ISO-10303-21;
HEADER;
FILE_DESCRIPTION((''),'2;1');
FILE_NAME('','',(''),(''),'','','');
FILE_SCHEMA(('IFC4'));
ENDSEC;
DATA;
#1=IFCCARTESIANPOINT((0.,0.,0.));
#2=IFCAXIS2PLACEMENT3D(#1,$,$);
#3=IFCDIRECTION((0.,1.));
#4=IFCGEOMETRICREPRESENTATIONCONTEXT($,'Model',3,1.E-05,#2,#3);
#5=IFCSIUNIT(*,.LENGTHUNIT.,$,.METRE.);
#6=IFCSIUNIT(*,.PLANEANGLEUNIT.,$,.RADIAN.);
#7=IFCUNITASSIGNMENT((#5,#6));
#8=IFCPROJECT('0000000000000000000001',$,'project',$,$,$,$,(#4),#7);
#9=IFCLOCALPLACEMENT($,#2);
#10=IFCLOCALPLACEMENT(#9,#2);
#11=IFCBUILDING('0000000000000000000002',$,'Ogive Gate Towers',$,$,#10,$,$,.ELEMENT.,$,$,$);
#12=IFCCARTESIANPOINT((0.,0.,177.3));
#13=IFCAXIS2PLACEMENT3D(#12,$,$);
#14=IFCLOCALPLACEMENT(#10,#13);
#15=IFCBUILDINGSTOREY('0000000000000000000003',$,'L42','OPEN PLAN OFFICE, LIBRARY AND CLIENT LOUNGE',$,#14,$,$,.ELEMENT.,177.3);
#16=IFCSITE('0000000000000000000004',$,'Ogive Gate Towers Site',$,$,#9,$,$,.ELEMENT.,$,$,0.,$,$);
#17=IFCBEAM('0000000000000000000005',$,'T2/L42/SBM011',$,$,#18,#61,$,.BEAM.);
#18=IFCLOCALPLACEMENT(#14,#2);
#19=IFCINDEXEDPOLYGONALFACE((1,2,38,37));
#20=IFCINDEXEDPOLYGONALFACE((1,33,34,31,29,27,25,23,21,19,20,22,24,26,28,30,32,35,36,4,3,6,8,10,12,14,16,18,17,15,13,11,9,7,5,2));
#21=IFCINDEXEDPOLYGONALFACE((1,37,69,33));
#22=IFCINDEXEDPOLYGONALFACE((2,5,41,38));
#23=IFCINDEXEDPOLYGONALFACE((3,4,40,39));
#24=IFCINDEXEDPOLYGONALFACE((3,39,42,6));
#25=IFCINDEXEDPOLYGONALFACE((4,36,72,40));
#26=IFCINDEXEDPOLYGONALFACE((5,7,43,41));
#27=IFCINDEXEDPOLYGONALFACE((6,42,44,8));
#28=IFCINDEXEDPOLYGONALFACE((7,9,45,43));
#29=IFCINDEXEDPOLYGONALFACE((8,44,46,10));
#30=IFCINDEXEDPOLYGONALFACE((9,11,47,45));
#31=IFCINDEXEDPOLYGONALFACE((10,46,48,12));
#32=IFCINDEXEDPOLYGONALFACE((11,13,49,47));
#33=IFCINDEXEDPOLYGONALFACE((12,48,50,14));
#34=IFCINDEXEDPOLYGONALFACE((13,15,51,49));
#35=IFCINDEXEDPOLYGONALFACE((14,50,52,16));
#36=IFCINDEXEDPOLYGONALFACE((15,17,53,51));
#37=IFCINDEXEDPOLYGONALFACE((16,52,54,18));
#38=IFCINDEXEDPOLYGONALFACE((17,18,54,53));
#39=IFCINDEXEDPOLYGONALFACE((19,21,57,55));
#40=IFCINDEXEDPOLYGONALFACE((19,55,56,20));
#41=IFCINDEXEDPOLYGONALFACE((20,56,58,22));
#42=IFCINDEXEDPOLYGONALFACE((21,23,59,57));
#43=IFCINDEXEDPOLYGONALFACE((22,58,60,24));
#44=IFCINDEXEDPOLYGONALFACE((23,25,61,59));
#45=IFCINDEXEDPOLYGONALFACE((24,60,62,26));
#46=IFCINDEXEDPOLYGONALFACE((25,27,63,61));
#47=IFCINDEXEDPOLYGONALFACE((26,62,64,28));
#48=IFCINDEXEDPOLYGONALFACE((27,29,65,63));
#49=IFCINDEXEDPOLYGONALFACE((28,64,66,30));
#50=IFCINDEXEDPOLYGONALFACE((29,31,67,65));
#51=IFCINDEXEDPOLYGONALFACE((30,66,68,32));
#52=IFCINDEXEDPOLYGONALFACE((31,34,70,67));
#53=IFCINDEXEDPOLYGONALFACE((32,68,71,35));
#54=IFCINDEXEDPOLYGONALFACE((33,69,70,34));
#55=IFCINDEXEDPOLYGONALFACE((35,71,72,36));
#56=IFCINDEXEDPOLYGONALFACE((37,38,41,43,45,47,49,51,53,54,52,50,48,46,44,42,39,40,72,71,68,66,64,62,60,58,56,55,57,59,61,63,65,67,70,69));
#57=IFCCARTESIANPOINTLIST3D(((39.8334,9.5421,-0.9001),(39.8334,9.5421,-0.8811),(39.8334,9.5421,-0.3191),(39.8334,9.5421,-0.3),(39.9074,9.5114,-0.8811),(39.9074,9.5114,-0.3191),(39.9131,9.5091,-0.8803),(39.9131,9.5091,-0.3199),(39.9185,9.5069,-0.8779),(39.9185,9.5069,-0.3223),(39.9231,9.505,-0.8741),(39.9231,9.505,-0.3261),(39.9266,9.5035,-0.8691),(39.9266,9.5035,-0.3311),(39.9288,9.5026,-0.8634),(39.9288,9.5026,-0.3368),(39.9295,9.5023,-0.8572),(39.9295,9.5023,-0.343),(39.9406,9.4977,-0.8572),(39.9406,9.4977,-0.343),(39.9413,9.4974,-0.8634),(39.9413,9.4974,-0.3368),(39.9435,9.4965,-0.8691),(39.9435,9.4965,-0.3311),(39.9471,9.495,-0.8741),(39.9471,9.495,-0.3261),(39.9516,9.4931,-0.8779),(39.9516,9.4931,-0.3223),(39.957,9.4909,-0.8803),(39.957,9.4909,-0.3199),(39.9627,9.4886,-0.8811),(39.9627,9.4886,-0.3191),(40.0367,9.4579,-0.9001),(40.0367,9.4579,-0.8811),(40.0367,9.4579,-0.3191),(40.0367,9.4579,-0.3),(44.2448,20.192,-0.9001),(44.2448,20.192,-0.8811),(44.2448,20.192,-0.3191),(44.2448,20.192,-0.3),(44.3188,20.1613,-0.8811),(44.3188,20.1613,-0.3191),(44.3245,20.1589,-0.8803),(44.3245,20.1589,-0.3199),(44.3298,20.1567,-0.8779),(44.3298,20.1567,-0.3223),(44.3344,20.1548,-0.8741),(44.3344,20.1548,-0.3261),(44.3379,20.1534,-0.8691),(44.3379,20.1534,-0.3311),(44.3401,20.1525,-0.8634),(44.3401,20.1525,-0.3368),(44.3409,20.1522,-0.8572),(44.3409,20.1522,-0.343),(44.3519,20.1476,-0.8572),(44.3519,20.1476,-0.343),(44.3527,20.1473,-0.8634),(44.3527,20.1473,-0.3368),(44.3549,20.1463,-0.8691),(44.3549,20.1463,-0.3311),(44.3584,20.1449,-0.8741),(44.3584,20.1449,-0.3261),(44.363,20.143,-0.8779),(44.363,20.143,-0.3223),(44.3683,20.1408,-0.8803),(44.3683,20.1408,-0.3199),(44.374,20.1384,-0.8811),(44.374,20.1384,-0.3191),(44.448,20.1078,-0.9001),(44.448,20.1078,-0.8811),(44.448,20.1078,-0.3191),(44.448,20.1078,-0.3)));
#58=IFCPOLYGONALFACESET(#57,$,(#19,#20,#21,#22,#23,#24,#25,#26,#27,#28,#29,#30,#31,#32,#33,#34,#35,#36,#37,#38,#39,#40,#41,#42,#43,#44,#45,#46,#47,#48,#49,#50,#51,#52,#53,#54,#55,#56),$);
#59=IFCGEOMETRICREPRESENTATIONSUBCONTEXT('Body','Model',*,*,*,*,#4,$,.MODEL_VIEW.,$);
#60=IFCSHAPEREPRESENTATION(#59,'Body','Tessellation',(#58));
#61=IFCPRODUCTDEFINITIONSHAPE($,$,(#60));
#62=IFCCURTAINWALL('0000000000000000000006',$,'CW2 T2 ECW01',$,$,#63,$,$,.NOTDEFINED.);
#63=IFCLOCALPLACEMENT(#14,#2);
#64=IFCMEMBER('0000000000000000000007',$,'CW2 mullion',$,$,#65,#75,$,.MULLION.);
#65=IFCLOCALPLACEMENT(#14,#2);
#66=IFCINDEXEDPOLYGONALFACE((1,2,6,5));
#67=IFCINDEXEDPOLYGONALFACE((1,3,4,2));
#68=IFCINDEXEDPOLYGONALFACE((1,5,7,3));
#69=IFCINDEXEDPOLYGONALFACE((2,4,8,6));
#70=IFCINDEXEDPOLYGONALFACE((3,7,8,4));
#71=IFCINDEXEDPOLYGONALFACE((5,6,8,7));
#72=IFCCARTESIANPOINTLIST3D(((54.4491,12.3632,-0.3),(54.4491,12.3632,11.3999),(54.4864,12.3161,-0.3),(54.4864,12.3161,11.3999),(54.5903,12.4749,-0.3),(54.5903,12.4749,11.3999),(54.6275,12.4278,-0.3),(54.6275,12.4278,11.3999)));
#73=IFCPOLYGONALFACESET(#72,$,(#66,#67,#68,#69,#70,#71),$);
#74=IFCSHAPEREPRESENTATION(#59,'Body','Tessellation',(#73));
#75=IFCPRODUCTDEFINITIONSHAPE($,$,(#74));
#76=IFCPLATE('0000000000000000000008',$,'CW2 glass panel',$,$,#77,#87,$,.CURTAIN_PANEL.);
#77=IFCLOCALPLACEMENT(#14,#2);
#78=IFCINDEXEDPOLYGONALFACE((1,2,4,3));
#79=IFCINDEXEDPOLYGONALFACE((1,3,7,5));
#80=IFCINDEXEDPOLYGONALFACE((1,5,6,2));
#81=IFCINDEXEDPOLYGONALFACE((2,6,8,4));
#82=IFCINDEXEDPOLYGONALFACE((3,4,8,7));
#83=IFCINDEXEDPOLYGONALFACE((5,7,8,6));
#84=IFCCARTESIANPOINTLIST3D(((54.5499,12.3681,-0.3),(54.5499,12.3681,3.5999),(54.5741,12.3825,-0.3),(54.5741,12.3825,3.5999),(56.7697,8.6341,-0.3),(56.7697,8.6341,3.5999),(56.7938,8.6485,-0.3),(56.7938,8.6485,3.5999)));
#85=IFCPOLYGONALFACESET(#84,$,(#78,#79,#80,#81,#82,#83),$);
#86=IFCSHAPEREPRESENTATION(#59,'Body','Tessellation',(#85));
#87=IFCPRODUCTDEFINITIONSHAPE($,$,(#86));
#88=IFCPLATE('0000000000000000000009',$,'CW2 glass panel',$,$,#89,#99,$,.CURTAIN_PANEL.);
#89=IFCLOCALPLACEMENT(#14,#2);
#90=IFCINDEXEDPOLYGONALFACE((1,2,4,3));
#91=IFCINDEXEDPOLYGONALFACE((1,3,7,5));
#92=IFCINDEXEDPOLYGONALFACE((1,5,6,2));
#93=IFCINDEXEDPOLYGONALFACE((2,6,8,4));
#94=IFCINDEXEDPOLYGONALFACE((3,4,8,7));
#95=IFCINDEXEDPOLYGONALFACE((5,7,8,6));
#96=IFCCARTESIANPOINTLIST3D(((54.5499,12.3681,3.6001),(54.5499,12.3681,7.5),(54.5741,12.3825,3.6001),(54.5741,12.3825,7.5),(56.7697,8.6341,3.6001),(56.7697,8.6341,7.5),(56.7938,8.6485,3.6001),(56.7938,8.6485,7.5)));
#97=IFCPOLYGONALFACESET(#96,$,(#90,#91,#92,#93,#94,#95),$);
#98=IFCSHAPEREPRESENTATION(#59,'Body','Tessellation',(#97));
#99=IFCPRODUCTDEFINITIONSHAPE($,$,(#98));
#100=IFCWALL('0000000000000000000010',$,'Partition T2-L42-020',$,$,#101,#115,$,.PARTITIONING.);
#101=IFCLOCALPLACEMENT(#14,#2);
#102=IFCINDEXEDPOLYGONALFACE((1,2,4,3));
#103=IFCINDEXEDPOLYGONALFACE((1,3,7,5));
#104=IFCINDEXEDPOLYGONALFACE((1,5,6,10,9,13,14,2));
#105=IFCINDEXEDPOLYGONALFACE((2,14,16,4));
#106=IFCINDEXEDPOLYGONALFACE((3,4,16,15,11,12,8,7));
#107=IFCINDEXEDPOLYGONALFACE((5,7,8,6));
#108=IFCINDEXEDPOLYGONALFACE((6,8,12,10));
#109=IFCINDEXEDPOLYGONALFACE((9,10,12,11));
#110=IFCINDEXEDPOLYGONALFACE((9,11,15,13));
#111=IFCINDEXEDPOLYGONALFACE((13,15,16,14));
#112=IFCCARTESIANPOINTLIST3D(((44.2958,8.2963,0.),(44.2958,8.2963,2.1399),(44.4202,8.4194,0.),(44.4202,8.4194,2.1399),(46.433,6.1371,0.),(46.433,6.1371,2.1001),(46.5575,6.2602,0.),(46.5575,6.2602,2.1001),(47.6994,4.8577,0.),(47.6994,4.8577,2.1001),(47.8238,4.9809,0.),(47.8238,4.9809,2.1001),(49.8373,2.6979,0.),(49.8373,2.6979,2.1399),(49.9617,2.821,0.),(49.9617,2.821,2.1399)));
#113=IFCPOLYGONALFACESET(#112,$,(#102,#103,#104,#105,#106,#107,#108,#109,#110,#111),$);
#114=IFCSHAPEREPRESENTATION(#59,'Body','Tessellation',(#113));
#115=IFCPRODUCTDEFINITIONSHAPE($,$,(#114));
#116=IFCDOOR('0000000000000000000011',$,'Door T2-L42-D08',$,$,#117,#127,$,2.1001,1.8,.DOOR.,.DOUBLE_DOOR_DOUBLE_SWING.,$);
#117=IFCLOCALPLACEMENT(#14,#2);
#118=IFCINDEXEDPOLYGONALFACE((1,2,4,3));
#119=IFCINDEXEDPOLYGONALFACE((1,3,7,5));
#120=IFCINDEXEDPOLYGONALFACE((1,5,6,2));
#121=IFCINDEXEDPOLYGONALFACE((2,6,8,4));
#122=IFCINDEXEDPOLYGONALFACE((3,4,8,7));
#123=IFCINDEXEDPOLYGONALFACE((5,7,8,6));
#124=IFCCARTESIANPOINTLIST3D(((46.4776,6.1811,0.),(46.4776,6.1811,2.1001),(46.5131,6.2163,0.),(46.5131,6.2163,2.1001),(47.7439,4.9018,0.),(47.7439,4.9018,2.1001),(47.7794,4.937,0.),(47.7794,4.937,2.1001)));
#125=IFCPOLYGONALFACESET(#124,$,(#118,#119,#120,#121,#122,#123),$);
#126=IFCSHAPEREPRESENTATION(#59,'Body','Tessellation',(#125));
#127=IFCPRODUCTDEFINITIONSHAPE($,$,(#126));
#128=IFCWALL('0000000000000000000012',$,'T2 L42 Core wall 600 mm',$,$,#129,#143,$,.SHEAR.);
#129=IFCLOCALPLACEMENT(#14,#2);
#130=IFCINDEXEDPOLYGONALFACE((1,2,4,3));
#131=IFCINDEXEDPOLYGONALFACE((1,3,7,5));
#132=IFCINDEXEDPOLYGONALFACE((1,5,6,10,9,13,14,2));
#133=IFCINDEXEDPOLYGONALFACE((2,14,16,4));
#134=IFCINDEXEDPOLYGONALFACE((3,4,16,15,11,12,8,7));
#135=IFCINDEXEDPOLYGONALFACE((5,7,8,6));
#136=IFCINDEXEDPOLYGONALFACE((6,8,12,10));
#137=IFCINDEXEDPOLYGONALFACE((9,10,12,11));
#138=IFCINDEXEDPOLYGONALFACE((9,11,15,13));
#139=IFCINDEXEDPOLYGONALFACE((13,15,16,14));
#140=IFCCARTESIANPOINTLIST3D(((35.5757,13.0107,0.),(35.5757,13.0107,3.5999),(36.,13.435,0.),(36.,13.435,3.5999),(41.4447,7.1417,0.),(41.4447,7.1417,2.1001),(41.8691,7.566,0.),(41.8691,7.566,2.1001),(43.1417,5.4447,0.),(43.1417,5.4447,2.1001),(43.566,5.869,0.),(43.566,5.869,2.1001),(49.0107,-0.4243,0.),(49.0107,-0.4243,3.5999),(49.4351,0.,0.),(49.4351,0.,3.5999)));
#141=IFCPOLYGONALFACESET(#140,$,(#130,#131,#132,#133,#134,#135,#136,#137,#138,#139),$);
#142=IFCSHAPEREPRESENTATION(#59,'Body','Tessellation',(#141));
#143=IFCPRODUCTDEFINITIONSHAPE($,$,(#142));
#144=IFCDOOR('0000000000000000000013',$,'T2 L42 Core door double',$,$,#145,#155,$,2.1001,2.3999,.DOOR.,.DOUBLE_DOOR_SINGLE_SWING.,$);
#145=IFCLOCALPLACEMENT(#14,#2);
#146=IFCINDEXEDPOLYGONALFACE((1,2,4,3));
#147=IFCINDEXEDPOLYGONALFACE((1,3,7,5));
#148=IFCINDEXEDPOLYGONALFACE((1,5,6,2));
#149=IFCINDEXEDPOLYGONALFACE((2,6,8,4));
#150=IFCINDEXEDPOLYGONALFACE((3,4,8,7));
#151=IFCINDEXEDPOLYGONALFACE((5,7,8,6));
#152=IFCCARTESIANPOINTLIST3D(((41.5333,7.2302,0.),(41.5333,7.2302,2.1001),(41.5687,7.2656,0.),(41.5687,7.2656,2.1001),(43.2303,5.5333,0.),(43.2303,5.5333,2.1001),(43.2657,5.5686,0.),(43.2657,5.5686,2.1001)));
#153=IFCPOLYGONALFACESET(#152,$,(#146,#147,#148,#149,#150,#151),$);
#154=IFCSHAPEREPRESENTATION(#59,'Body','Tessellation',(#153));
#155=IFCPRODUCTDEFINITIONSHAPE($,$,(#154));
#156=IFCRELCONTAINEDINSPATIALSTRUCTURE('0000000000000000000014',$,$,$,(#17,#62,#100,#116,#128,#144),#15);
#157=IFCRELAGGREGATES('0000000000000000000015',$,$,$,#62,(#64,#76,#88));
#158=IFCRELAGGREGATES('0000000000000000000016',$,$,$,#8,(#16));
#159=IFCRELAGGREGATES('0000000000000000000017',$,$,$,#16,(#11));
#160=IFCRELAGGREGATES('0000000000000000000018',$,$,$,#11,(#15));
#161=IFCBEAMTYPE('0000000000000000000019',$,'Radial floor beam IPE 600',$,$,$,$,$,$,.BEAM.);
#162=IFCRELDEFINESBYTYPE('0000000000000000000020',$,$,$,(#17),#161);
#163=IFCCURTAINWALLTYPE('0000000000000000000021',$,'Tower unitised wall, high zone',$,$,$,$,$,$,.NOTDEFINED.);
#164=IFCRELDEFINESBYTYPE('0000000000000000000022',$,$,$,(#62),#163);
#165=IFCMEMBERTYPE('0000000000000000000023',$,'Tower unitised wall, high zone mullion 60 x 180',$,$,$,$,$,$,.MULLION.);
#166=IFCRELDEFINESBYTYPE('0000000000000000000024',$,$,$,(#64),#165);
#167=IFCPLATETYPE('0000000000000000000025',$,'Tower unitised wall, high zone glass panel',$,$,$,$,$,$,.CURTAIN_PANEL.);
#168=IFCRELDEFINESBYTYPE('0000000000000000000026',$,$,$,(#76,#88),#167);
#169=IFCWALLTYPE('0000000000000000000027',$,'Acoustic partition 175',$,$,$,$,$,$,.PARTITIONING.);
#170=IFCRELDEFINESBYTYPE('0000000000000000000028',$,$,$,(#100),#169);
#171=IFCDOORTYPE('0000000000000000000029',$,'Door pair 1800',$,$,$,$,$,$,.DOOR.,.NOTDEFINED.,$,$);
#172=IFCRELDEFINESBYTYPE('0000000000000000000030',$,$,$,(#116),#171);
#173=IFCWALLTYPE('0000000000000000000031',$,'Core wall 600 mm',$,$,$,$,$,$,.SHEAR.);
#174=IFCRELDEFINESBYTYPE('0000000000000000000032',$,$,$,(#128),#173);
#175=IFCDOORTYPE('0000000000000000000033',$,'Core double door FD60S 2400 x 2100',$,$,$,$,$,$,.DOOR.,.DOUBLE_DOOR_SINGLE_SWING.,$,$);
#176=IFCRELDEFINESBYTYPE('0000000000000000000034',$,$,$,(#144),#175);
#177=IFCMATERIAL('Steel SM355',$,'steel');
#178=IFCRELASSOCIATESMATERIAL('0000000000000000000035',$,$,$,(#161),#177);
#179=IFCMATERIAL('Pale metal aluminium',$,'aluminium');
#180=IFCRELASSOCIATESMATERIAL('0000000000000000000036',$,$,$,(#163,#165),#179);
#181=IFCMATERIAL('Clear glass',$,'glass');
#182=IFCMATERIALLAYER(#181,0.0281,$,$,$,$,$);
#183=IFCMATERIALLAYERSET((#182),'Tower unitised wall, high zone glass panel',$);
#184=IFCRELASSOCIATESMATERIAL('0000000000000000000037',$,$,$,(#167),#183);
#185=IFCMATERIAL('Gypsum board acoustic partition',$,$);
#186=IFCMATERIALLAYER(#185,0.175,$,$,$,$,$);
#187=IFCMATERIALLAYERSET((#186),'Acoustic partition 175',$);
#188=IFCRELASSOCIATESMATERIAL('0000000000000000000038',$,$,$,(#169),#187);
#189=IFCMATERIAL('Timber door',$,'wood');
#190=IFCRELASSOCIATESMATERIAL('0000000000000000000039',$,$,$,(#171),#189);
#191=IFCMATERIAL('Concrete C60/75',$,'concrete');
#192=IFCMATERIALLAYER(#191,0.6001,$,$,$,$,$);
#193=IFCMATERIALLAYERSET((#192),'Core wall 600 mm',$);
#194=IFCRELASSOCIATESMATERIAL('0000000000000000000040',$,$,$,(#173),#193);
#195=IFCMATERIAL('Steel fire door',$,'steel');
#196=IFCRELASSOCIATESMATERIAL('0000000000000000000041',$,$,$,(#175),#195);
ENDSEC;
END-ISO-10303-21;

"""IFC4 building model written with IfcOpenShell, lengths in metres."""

from ifc_helpers import new_model, si_unit, direction, frame, frame_2d, origin, origin_2d, place, context, subcontext, project, spatial, rectangle, i_section, extrude, material, layer, layer_set, material_profile, profile_set, type_object, element, fill, aggregate, save


model = new_model("IFC4")

# Units and contexts
model_context = context("Model", 3, precision=1e-05, world=origin(), true_north=direction((0.0, 1.0)))
body_context = subcontext(model_context, "Body", "Model", "MODEL_VIEW")
ifc_project = project(units=[si_unit("LENGTHUNIT", "METRE"), si_unit("PLANEANGLEUNIT", "RADIAN")], contexts=[model_context])

# Site, building, storey
site_placement = place(None, origin())
site = spatial("IfcSite", under=ifc_project, at=site_placement, Name="Ogive Gate Towers Site", CompositionType="ELEMENT", RefElevation=0.0)
building_placement = place(site_placement, origin())
building = spatial("IfcBuilding", under=site, at=building_placement, Name="Ogive Gate Towers", CompositionType="ELEMENT")
storey_placement = place(building_placement, frame((0.0, 0.0, 177.3)))
storey = spatial("IfcBuildingStorey", under=building, at=storey_placement, Name="L42", Description="OPEN PLAN OFFICE, LIBRARY AND CLIENT LOUNGE", CompositionType="ELEMENT", Elevation=177.3)

# Beam
ifc_material_1 = material(Name="Steel SM355", Category="steel")
ifc_material_profile_1 = material_profile(ifc_material_1, i_section(OverallWidth=0.22, OverallDepth=0.6001, WebThickness=0.012, FlangeThickness=0.019, FilletRadius=0.0239, at=origin_2d()), Name="IPE 600")
ifc_profile_set_1 = profile_set([ifc_material_profile_1], Name="Steel SM355")
beam_type_1 = type_object("IfcBeamType", Name="Radial floor beam IPE 600", PredefinedType="BEAM", material=ifc_profile_set_1)
beam_1_placement = place(storey_placement, frame((39.9351, 9.5, -0.6001), z_axis=(0.382687, 0.923878, 0.0), x_axis=(-0.923878, 0.382687, 0.0)))
element("IfcBeam", 1, at=beam_1_placement, inside=storey, type_object=beam_type_1, Name="T2/L42/SBM011", PredefinedType="BEAM", context=body_context, shape_type="SweptSolid", body=[
    extrude(i_section(OverallWidth=0.22, OverallDepth=0.6001, WebThickness=0.012, FlangeThickness=0.019, FilletRadius=0.0239, at=origin_2d()), origin(), (0.0, 0.0, 1.0), 11.5273),
])

# Curtain wall, member, plates
ifc_material_2 = material(Name="Pale metal aluminium", Category="aluminium")
curtain_wall_type = type_object("IfcCurtainWallType", Name="Tower unitised wall, high zone", PredefinedType="NOTDEFINED", material=ifc_material_2)
curtain_wall_placement = place(storey_placement, origin())
curtain_wall = element("IfcCurtainWall", 2, at=curtain_wall_placement, inside=storey, type_object=curtain_wall_type, Name="CW2 T2 ECW01", PredefinedType="NOTDEFINED")
ifc_material_profile_2 = material_profile(ifc_material_2, rectangle(XDim=0.1799, YDim=0.0601, at=origin_2d()), Name="60 x 180 aluminium box")
ifc_profile_set_2 = profile_set([ifc_material_profile_2], Name="Pale metal aluminium")
member_type = type_object("IfcMemberType", Name="Tower unitised wall, high zone mullion 60 x 180", PredefinedType="MULLION", material=ifc_profile_set_2)
member_placement = place(storey_placement, frame((54.5383, 12.3955, -0.3), z_axis=(0.0, 0.0, 1.0), x_axis=(0.784235, 0.620464, 0.0)))
member = element("IfcMember", 3, at=member_placement, type_object=member_type, Name="CW2 mullion", PredefinedType="MULLION", context=body_context, shape_type="SweptSolid", body=[
    extrude(rectangle(XDim=0.1799, YDim=0.0601, at=origin_2d()), origin(), (0.0, 0.0, 1.0), 11.7),
])
ifc_material_3 = material(Name="Clear glass", Category="glass")
ifc_layer_1 = layer(ifc_material_3, 0.0281)
ifc_layer_set_1 = layer_set([ifc_layer_1], Name="Tower unitised wall, high zone glass panel")
plate_type = type_object("IfcPlateType", Name="Tower unitised wall, high zone glass panel", PredefinedType="CURTAIN_PANEL", material=ifc_layer_set_1)
plate_1_placement = place(storey_placement, frame((55.6719, 10.5083, -0.3), z_axis=(0.0, 0.0, 1.0), x_axis=(-0.510993, 0.859585, 0.0)))
plate_1 = element("IfcPlate", 4, at=plate_1_placement, type_object=plate_type, Name="CW2 glass panel", PredefinedType="CURTAIN_PANEL", context=body_context, shape_type="SweptSolid", body=[
    extrude(rectangle(XDim=4.344, YDim=0.0281, at=origin_2d()), origin(), (0.0, 0.0, 1.0), 3.8999),
])
plate_2_placement = place(storey_placement, frame((55.6719, 10.5083, 3.6001), z_axis=(0.0, 0.0, 1.0), x_axis=(-0.510993, 0.859585, 0.0)))
plate_2 = element("IfcPlate", 5, at=plate_2_placement, type_object=plate_type, Name="CW2 glass panel", PredefinedType="CURTAIN_PANEL", context=body_context, shape_type="SweptSolid", body=[
    extrude(rectangle(XDim=4.344, YDim=0.0281, at=origin_2d()), origin(), (0.0, 0.0, 1.0), 3.8999),
])
aggregate(curtain_wall, [member, plate_1, plate_2])

# Walls, openings, doors
ifc_material_4 = material(Name="Gypsum board acoustic partition")
ifc_layer_2 = layer(ifc_material_4, 0.175)
ifc_layer_set_2 = layer_set([ifc_layer_2], Name="Acoustic partition 175")
wall_type_1 = type_object("IfcWallType", Name="Acoustic partition 175", PredefinedType="PARTITIONING", material=ifc_layer_set_2)
wall_1_placement = place(storey_placement, frame((49.8994, 2.7595, 0.0), z_axis=(0.0, 0.0, 1.0), x_axis=(-0.703487, 0.710708, 0.0)))
wall_1 = element("IfcWall", 6, at=wall_1_placement, inside=storey, type_object=wall_type_1, Name="Partition T2-L42-020", PredefinedType="PARTITIONING", context=body_context, shape_type="SweptSolid", body=[
    extrude(rectangle(XDim=7.8772, YDim=0.175, at=frame_2d((3.9385, 0.0))), origin(), (0.0, 0.0, 1.0), 2.1399),
])
opening_1_placement = place(wall_1_placement, frame((3.0391, 0.0, 0.0)))
opening_1 = element("IfcOpeningElement", 7, at=opening_1_placement, cuts=wall_1, PredefinedType="OPENING", context=body_context, shape_type="SweptSolid", body=[
    extrude(rectangle(XDim=1.8, YDim=2.1001, at=frame_2d((0.8999, 1.05))), frame((0.0, 0.0977, 0.0), z_axis=(0.0, -1.0, 0.0), x_axis=(1.0, 0.0, 0.0)), (0.0, 0.0, 1.0), 0.1951),
])
ifc_material_5 = material(Name="Timber door", Category="wood")
door_type_1 = type_object("IfcDoorType", Name="Door pair 1800", OperationType="NOTDEFINED", PredefinedType="DOOR", material=ifc_material_5)
door_1_placement = place(opening_1_placement, origin())
door_1 = element("IfcDoor", 8, at=door_1_placement, inside=storey, type_object=door_type_1, Name="Door T2-L42-D08", OperationType="DOUBLE_DOOR_DOUBLE_SWING", OverallHeight=2.1001, OverallWidth=1.8, PredefinedType="DOOR", context=body_context, shape_type="SweptSolid", body=[
    extrude(rectangle(XDim=1.8, YDim=2.1001, at=frame_2d((0.8999, 1.05))), frame((0.0, 0.0249, 0.0), z_axis=(0.0, -1.0, 0.0), x_axis=(1.0, 0.0, 0.0)), (0.0, 0.0, 1.0), 0.05),
])
fill(opening_1, door_1)
ifc_material_6 = material(Name="Concrete C60/75", Category="concrete")
ifc_layer_3 = layer(ifc_material_6, 0.6001)
ifc_layer_set_3 = layer_set([ifc_layer_3], Name="Core wall 600 mm")
wall_type_2 = type_object("IfcWallType", Name="Core wall 600 mm", PredefinedType="SHEAR", material=ifc_layer_set_3)
wall_2_placement = place(storey_placement, frame((49.2229, -0.2122, 0.0), z_axis=(0.0, 0.0, 1.0), x_axis=(-0.707107, 0.707107, 0.0)))
wall_2 = element("IfcWall", 9, at=wall_2_placement, inside=storey, type_object=wall_type_2, Name="T2 L42 Core wall 600 mm", PredefinedType="SHEAR", context=body_context, shape_type="SweptSolid", body=[
    extrude(rectangle(XDim=19.0, YDim=0.6001, at=frame_2d((9.5, 0.0))), origin(), (0.0, 0.0, 1.0), 3.5999),
])
opening_2_placement = place(wall_2_placement, frame((8.3, 0.0, 0.0)))
opening_2 = element("IfcOpeningElement", 10, at=opening_2_placement, cuts=wall_2, PredefinedType="OPENING", context=body_context, shape_type="SweptSolid", body=[
    extrude(rectangle(XDim=2.3999, YDim=2.1001, at=frame_2d((1.2, 1.05))), frame((0.0, 0.3101, 0.0), z_axis=(0.0, -1.0, 0.0), x_axis=(1.0, 0.0, 0.0)), (0.0, 0.0, 1.0), 0.6201),
])
ifc_material_7 = material(Name="Steel fire door", Category="steel")
door_type_2 = type_object("IfcDoorType", Name="Core double door FD60S 2400 x 2100", OperationType="DOUBLE_DOOR_SINGLE_SWING", PredefinedType="DOOR", material=ifc_material_7)
door_2_placement = place(opening_2_placement, origin())
door_2 = element("IfcDoor", 11, at=door_2_placement, inside=storey, type_object=door_type_2, Name="T2 L42 Core door double", OperationType="DOUBLE_DOOR_SINGLE_SWING", OverallHeight=2.1001, OverallWidth=2.3999, PredefinedType="DOOR", context=body_context, shape_type="SweptSolid", body=[
    extrude(rectangle(XDim=2.3999, YDim=2.1001, at=frame_2d((1.2, 1.05))), frame((0.0, 0.1748, 0.0), z_axis=(0.0, -1.0, 0.0), x_axis=(1.0, 0.0, 0.0)), (0.0, 0.0, 1.0), 0.05),
])
fill(opening_2, door_2)

save(model, "model.ifc")
